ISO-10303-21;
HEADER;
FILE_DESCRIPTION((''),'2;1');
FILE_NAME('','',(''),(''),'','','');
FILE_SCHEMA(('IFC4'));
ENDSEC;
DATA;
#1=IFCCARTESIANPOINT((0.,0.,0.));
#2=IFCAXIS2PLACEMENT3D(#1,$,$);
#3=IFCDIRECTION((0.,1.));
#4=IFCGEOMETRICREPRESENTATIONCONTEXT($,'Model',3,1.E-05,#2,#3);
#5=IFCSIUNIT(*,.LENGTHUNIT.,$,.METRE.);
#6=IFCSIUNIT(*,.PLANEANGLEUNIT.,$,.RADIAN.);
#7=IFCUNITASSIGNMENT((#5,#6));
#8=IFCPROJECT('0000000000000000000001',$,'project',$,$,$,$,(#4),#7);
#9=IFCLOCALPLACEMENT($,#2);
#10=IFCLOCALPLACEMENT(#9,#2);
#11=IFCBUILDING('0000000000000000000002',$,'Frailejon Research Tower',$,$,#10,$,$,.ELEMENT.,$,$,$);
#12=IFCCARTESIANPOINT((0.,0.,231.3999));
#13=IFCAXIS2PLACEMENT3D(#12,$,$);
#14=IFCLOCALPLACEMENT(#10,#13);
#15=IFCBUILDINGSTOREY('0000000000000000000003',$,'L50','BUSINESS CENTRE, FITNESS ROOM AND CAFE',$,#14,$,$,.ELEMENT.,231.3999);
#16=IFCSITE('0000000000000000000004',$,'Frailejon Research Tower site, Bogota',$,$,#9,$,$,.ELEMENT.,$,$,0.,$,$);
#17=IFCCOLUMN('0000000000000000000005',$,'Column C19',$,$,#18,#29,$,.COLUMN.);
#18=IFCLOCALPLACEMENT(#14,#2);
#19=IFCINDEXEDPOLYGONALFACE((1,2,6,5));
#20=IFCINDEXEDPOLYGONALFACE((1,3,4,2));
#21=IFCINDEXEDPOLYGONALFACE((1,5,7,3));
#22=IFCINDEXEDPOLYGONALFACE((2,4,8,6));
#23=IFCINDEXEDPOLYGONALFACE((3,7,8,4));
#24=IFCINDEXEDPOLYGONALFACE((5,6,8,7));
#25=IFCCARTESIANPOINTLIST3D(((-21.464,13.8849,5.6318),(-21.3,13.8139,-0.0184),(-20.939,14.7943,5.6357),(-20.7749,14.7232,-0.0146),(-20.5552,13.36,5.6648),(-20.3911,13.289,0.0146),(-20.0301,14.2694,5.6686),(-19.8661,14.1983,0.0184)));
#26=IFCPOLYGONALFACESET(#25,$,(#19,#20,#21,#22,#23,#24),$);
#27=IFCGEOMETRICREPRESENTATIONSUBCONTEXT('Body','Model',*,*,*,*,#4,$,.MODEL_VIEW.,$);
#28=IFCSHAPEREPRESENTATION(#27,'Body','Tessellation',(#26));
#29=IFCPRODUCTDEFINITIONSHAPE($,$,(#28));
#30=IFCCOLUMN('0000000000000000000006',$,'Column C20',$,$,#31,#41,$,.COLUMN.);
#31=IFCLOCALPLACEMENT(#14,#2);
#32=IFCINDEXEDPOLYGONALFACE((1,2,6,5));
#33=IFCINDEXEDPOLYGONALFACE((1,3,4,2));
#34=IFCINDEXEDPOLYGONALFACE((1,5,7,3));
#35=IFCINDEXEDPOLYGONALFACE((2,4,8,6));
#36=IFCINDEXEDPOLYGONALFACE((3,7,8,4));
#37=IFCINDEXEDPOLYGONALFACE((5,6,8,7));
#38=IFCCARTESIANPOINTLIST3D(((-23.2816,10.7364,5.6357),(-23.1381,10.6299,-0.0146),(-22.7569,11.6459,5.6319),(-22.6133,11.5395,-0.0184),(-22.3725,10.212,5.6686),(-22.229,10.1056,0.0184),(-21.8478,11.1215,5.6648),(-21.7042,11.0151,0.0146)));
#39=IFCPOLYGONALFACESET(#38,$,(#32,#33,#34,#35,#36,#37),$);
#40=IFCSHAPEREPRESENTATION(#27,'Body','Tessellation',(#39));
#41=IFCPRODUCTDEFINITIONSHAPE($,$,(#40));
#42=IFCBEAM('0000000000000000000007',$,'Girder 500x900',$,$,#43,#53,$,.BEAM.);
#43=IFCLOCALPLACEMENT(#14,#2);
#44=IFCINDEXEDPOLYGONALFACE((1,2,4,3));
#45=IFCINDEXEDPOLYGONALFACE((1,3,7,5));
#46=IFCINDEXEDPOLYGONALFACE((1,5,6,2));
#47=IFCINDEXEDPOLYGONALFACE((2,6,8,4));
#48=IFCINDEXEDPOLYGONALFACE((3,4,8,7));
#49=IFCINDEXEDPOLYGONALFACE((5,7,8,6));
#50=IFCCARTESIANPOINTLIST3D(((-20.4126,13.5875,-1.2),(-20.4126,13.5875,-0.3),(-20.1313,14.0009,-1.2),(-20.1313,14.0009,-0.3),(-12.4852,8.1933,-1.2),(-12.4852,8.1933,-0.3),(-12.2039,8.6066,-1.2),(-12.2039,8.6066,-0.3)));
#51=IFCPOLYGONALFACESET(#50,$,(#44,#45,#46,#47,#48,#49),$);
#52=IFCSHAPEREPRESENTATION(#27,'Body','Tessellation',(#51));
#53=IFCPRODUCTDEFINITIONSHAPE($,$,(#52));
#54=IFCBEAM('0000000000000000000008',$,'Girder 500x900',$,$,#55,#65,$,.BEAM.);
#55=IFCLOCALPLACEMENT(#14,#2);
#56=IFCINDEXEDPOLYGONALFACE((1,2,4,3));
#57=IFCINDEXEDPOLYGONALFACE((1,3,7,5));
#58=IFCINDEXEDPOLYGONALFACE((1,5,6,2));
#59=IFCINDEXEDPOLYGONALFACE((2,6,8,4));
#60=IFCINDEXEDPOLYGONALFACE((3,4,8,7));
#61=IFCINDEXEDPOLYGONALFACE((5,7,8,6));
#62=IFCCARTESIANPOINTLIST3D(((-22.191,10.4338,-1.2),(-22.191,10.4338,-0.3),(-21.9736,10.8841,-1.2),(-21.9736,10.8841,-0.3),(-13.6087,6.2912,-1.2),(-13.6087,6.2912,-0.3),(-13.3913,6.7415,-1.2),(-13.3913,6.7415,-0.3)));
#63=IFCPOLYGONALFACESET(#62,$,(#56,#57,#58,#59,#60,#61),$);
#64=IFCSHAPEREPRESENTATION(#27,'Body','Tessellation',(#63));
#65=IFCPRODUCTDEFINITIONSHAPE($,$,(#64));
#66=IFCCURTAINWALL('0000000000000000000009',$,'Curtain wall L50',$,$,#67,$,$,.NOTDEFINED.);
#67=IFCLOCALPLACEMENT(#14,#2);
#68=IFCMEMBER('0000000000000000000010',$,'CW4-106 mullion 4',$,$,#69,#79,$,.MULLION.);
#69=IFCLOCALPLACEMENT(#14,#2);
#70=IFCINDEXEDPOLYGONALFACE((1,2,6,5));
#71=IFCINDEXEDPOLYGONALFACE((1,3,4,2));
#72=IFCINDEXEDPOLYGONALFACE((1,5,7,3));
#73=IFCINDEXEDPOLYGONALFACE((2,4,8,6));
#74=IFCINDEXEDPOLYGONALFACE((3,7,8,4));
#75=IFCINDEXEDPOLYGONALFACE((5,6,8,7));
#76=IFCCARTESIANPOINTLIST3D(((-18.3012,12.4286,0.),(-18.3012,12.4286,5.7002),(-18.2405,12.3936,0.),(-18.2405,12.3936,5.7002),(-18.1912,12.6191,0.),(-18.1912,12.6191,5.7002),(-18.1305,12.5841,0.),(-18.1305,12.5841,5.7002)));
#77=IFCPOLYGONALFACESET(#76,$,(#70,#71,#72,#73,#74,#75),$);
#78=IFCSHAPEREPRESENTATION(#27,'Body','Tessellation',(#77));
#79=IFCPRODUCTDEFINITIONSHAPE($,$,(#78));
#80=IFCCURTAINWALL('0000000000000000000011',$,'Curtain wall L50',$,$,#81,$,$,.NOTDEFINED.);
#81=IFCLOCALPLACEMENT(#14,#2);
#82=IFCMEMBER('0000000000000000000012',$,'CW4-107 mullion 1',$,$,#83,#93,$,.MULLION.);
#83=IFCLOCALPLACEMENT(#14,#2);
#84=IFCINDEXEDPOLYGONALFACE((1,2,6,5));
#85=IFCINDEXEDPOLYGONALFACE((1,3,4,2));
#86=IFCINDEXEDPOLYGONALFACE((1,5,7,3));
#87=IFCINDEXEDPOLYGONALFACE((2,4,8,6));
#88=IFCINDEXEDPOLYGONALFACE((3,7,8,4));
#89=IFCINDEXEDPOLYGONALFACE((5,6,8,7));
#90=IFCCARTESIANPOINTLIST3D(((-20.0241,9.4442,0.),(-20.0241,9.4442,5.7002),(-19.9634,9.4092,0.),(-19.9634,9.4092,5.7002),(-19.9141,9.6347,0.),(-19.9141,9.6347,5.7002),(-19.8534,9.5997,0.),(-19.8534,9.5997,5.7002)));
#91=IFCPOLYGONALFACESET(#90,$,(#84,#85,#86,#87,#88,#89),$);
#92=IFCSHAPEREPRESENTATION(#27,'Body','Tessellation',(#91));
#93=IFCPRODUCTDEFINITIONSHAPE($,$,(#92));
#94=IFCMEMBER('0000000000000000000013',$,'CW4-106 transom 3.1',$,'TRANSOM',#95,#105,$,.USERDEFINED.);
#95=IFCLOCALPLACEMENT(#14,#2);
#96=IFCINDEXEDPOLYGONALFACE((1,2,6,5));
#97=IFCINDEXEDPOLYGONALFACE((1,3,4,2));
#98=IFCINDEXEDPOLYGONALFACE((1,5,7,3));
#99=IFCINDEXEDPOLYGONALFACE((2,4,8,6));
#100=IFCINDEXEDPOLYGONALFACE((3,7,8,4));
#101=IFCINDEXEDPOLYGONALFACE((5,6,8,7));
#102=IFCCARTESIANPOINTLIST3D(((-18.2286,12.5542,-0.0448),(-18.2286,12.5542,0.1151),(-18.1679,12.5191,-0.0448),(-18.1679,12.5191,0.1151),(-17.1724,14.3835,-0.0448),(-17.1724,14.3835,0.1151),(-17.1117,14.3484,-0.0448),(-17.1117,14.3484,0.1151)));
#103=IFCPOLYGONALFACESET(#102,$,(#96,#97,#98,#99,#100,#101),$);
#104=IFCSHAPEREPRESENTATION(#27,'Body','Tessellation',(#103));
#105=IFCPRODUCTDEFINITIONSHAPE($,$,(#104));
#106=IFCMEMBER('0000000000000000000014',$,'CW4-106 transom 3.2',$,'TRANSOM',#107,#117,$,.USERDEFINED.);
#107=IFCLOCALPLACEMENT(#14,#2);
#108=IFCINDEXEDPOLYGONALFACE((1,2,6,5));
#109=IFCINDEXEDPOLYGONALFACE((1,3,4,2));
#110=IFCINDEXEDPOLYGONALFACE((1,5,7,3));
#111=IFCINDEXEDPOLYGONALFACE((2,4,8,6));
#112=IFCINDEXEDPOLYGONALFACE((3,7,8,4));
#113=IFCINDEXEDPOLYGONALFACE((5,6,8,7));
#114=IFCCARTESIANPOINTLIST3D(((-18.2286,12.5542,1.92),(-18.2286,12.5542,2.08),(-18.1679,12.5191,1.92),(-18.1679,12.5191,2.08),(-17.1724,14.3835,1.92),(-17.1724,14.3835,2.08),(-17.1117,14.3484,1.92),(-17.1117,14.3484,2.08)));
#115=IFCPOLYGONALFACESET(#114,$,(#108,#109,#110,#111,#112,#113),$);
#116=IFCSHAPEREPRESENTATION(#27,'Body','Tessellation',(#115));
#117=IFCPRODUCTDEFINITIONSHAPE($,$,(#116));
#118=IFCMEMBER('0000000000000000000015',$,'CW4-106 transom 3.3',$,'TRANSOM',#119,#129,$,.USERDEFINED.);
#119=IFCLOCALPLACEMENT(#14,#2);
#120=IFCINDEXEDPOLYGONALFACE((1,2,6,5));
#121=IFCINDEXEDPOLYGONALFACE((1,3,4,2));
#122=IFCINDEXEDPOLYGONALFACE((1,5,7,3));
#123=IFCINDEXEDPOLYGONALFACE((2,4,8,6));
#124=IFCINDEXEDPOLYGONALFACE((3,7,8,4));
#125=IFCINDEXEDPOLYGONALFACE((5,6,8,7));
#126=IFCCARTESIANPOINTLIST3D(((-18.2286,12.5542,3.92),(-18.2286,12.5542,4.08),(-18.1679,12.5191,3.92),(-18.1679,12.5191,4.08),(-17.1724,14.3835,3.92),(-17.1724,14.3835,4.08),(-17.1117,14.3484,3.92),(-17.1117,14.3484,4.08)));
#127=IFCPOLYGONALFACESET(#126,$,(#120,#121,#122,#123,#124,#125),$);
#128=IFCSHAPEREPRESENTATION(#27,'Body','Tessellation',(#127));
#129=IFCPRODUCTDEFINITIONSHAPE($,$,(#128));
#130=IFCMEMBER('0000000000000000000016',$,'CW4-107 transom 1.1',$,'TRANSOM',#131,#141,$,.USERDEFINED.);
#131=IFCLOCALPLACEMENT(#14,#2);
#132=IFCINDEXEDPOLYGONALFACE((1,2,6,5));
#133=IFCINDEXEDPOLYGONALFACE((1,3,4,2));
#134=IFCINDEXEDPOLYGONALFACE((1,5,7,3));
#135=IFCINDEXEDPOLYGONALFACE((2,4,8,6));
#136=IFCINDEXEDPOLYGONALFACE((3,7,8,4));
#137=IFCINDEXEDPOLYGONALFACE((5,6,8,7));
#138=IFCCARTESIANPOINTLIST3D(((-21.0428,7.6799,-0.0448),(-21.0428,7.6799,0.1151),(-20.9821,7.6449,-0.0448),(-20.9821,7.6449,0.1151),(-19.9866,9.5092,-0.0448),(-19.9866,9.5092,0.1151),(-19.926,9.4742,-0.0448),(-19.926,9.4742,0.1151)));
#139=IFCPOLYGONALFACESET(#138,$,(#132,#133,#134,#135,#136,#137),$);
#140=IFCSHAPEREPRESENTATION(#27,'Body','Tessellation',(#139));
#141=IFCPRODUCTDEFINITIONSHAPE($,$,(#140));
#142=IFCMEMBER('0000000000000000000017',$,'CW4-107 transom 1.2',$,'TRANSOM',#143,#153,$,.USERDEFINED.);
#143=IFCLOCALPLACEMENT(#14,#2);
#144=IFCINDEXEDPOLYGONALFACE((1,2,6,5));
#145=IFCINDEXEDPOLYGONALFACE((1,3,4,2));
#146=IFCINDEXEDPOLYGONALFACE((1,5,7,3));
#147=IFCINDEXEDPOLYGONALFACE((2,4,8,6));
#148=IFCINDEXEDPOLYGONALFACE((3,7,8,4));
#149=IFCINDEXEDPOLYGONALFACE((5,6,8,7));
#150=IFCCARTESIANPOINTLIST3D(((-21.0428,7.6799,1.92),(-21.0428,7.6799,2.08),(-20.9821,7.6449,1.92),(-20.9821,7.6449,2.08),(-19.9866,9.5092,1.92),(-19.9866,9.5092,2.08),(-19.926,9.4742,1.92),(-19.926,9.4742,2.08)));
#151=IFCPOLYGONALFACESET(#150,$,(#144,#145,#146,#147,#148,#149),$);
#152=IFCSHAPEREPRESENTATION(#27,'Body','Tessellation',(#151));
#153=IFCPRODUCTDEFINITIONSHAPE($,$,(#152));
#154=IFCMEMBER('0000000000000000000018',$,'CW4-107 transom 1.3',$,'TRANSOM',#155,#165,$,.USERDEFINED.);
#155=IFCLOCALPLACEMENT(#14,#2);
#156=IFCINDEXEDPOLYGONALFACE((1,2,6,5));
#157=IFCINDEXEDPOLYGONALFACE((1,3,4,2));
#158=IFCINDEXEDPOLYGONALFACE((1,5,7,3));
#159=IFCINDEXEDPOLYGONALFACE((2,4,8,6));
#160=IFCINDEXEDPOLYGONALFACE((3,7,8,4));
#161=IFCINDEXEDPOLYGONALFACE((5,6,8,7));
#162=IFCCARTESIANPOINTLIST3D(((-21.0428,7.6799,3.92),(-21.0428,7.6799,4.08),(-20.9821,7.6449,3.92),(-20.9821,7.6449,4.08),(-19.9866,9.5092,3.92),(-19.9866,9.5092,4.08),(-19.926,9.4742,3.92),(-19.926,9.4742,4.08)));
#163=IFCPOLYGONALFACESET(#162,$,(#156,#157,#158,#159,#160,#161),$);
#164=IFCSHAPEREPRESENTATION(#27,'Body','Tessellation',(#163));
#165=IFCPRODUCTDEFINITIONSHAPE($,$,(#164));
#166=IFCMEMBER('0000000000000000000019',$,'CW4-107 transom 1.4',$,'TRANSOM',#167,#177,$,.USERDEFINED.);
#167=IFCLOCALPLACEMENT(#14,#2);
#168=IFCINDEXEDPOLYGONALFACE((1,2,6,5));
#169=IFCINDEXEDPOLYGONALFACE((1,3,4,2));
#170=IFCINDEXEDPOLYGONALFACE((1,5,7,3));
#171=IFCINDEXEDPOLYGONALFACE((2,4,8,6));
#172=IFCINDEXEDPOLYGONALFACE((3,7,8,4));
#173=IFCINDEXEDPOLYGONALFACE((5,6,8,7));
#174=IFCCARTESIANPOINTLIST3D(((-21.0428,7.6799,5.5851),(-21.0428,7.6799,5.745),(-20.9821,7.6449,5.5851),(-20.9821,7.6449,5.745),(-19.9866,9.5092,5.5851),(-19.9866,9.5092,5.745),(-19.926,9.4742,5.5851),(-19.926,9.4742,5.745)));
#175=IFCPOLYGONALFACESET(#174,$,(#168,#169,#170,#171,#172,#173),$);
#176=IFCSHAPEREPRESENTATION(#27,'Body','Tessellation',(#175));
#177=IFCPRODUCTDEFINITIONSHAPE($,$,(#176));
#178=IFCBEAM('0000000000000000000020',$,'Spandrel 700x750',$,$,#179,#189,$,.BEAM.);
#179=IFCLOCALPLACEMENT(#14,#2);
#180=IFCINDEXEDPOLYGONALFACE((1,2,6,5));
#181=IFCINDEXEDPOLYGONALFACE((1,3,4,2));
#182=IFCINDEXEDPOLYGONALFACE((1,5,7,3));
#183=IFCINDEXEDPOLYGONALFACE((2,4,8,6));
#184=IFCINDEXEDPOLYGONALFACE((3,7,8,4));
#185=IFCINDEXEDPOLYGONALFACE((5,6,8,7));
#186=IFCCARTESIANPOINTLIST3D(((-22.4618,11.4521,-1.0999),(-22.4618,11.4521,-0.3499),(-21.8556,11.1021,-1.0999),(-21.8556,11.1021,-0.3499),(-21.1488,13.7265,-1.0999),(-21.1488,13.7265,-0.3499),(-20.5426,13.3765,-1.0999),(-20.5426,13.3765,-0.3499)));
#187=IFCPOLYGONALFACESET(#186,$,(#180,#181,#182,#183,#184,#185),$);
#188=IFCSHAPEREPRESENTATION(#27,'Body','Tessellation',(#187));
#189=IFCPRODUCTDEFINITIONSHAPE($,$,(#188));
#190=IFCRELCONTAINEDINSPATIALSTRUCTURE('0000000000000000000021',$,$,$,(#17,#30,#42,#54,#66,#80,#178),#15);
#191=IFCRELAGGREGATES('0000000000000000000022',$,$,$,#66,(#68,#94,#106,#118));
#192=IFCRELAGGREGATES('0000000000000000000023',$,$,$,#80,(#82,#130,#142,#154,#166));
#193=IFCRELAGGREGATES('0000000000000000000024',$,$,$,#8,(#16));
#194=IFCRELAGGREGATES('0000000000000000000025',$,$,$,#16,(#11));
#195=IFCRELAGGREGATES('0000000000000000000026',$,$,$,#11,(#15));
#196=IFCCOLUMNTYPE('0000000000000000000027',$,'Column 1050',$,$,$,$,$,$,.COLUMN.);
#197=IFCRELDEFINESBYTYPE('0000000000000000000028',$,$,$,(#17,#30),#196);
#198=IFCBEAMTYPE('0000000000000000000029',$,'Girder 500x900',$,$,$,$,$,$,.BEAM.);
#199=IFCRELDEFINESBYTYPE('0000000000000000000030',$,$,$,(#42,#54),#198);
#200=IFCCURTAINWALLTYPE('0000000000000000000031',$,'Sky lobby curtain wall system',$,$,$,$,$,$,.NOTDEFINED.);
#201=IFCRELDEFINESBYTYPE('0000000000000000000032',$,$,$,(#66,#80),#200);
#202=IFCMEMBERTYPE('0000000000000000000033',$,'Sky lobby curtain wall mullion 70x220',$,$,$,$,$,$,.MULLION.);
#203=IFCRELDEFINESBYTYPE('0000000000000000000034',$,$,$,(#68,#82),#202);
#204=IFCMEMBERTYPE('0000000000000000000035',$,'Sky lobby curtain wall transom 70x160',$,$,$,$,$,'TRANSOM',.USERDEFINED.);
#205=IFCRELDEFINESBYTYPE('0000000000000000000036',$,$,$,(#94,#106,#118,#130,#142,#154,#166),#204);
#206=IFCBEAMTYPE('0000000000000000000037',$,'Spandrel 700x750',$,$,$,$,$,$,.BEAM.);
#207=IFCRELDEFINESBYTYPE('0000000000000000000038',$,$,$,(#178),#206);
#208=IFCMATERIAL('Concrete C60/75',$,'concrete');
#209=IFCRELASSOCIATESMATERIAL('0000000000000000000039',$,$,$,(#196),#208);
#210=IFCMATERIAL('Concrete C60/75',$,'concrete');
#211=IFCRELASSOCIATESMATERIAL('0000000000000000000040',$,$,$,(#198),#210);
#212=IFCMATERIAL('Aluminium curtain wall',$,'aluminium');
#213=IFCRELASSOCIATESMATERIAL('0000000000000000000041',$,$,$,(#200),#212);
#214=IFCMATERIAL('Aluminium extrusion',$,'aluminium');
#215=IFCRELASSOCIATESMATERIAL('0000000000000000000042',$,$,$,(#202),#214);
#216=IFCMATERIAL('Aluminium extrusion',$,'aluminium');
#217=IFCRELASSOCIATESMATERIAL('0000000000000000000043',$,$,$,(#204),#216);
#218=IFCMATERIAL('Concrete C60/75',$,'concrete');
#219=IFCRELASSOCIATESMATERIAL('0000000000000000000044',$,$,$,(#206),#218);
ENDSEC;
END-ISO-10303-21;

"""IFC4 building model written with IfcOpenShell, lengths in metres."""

from ifc_helpers import new_model, si_unit, direction, frame, origin, origin_2d, place, context, subcontext, project, spatial, rectangle, extrude, material, material_profile, profile_set, type_object, element, aggregate, save


model = new_model("IFC4")

# Units and contexts
model_context = context("Model", 3, precision=1e-05, world=origin(), true_north=direction((0.0, 1.0)))
body_context = subcontext(model_context, "Body", "Model", "MODEL_VIEW")
ifc_project = project(units=[si_unit("LENGTHUNIT", "METRE"), si_unit("PLANEANGLEUNIT", "RADIAN")], contexts=[model_context])

# Site, building, storey
site_placement = place(None, origin())
site = spatial("IfcSite", under=ifc_project, at=site_placement, Name="Frailejon Research Tower site, Bogota", CompositionType="ELEMENT", RefElevation=0.0)
building_placement = place(site_placement, origin())
building = spatial("IfcBuilding", under=site, at=building_placement, Name="Frailejon Research Tower", CompositionType="ELEMENT")
storey_placement = place(building_placement, frame((0.0, 0.0, 231.3999)))
storey = spatial("IfcBuildingStorey", under=building, at=storey_placement, Name="L50", Description="BUSINESS CENTRE, FITNESS ROOM AND CAFE", CompositionType="ELEMENT", Elevation=231.3999)

# Columns
ifc_material_1 = material(Name="Concrete C60/75", Category="concrete")
ifc_material_profile_1 = material_profile(ifc_material_1, rectangle(XDim=1.05, YDim=1.05, at=origin_2d()), Name="Column 1050")
ifc_profile_set_1 = profile_set([ifc_material_profile_1], Name="Concrete C60/75")
column_type = type_object("IfcColumnType", Name="Column 1050", PredefinedType="COLUMN", material=ifc_profile_set_1)
for number, where, z_axis, x_axis, name in (
    (1, (-20.583, 14.0061, 0.0), (-0.029022, 0.012568, 0.9995), (-0.500043, -0.865993, -0.003631), "Column C19"),
    (2, (-22.4211, 10.8225, 0.0), (-0.025395, 0.01883, 0.9995), (-0.499744, -0.866166, 0.003621), "Column C20"),
):
    element("IfcColumn", number, at=place(storey_placement, frame(where, z_axis=z_axis, x_axis=x_axis)), inside=storey, type_object=column_type, Name=name, PredefinedType="COLUMN", context=body_context, shape_type="SweptSolid", body=[
        extrude(rectangle(XDim=1.05, YDim=1.05, at=origin_2d()), origin(), (0.0, 0.0, 1.0), 5.6531),
    ])

# Beams
ifc_material_2 = material(Name="Concrete C60/75", Category="concrete")
ifc_material_profile_2 = material_profile(ifc_material_2, rectangle(XDim=0.5, YDim=0.8999, at=origin_2d()), Name="Girder 500x900")
ifc_profile_set_2 = profile_set([ifc_material_profile_2], Name="Concrete C60/75")
beam_type_1 = type_object("IfcBeamType", Name="Girder 500x900", PredefinedType="BEAM", material=ifc_profile_set_2)
beam_1_placement = place(storey_placement, frame((-20.272, 13.7942, -0.75), z_axis=(0.826752, -0.562566, 0.0), x_axis=(0.562566, 0.826752, 0.0)))
element("IfcBeam", 3, at=beam_1_placement, inside=storey, type_object=beam_type_1, Name="Girder 500x900", PredefinedType="BEAM", context=body_context, shape_type="SweptSolid", body=[
    extrude(rectangle(XDim=0.5, YDim=0.8999, at=origin_2d()), origin(), (0.0, 0.0, 1.0), 9.5886),
])
beam_2_placement = place(storey_placement, frame((-22.0823, 10.6589, -0.75), z_axis=(0.900576, -0.434699, 0.0), x_axis=(0.434699, 0.900576, 0.0)))
element("IfcBeam", 4, at=beam_2_placement, inside=storey, type_object=beam_type_1, Name="Girder 500x900", PredefinedType="BEAM", context=body_context, shape_type="SweptSolid", body=[
    extrude(rectangle(XDim=0.5, YDim=0.8999, at=origin_2d()), origin(), (0.0, 0.0, 1.0), 9.5298),
])

# Curtain walls, members
ifc_material_3 = material(Name="Aluminium curtain wall", Category="aluminium")
curtain_wall_type = type_object("IfcCurtainWallType", Name="Sky lobby curtain wall system", PredefinedType="NOTDEFINED", material=ifc_material_3)
curtain_wall_1_placement = place(storey_placement, origin())
curtain_wall_1 = element("IfcCurtainWall", 5, at=curtain_wall_1_placement, inside=storey, type_object=curtain_wall_type, Name="Curtain wall L50", PredefinedType="NOTDEFINED")
ifc_material_4 = material(Name="Aluminium extrusion", Category="aluminium")
ifc_material_profile_3 = material_profile(ifc_material_4, rectangle(XDim=0.0701, YDim=0.22, at=origin_2d()), Name="Sky lobby curtain wall mullion 70x220")
ifc_profile_set_3 = profile_set([ifc_material_profile_3], Name="Aluminium extrusion")
member_type_1 = type_object("IfcMemberType", Name="Sky lobby curtain wall mullion 70x220", PredefinedType="MULLION", material=ifc_profile_set_3)
member_1_placement = place(storey_placement, frame((-18.2158, 12.5063, 0.0), z_axis=(0.0, 0.0, 1.0), x_axis=(0.866025, -0.5, 0.0)))
member_1 = element("IfcMember", 6, at=member_1_placement, type_object=member_type_1, Name="CW4-106 mullion 4", PredefinedType="MULLION", context=body_context, shape_type="SweptSolid", body=[
    extrude(rectangle(XDim=0.0701, YDim=0.22, at=origin_2d()), origin(), (0.0, 0.0, 1.0), 5.7002),
])
curtain_wall_2_placement = place(storey_placement, origin())
curtain_wall_2 = element("IfcCurtainWall", 7, at=curtain_wall_2_placement, inside=storey, type_object=curtain_wall_type, Name="Curtain wall L50", PredefinedType="NOTDEFINED")
member_2_placement = place(storey_placement, frame((-19.9387, 9.522, 0.0), z_axis=(0.0, 0.0, 1.0), x_axis=(0.866025, -0.5, 0.0)))
member_2 = element("IfcMember", 8, at=member_2_placement, type_object=member_type_1, Name="CW4-107 mullion 1", PredefinedType="MULLION", context=body_context, shape_type="SweptSolid", body=[
    extrude(rectangle(XDim=0.0701, YDim=0.22, at=origin_2d()), origin(), (0.0, 0.0, 1.0), 5.7002),
])

# Members
ifc_material_5 = material(Name="Aluminium extrusion", Category="aluminium")
ifc_material_profile_4 = material_profile(ifc_material_5, rectangle(XDim=0.0701, YDim=0.1599, at=origin_2d()), Name="Sky lobby curtain wall transom 70x160")
ifc_profile_set_4 = profile_set([ifc_material_profile_4], Name="Aluminium extrusion")
member_type_2 = type_object("IfcMemberType", Name="Sky lobby curtain wall transom 70x160", ElementType="TRANSOM", PredefinedType="USERDEFINED", material=ifc_profile_set_4)
member_3_placement = place(storey_placement, frame((-17.1421, 14.366, 0.0352), z_axis=(-0.499993, -0.86603, 0.0), x_axis=(0.86603, -0.499993, 0.0)))
member_3 = element("IfcMember", 9, at=member_3_placement, type_object=member_type_2, Name="CW4-106 transom 3.1", ObjectType="TRANSOM", PredefinedType="USERDEFINED", context=body_context, shape_type="SweptSolid", body=[
    extrude(rectangle(XDim=0.0701, YDim=0.1599, at=origin_2d()), origin(), (0.0, 0.0, 1.0), 2.1123),
])
member_4_placement = place(storey_placement, frame((-17.1421, 14.366, 2.0), z_axis=(-0.499993, -0.86603, 0.0), x_axis=(0.86603, -0.499993, 0.0)))
member_4 = element("IfcMember", 10, at=member_4_placement, type_object=member_type_2, Name="CW4-106 transom 3.2", ObjectType="TRANSOM", PredefinedType="USERDEFINED", context=body_context, shape_type="SweptSolid", body=[
    extrude(rectangle(XDim=0.0701, YDim=0.1599, at=origin_2d()), origin(), (0.0, 0.0, 1.0), 2.1123),
])
member_5_placement = place(storey_placement, frame((-17.1421, 14.366, 4.0), z_axis=(-0.499993, -0.86603, 0.0), x_axis=(0.86603, -0.499993, 0.0)))
member_5 = element("IfcMember", 11, at=member_5_placement, type_object=member_type_2, Name="CW4-106 transom 3.3", ObjectType="TRANSOM", PredefinedType="USERDEFINED", context=body_context, shape_type="SweptSolid", body=[
    extrude(rectangle(XDim=0.0701, YDim=0.1599, at=origin_2d()), origin(), (0.0, 0.0, 1.0), 2.1123),
])
member_6_placement = place(storey_placement, frame((-19.9563, 9.4917, 0.0352), z_axis=(-0.499993, -0.86603, 0.0), x_axis=(0.86603, -0.499993, 0.0)))
member_6 = element("IfcMember", 12, at=member_6_placement, type_object=member_type_2, Name="CW4-107 transom 1.1", ObjectType="TRANSOM", PredefinedType="USERDEFINED", context=body_context, shape_type="SweptSolid", body=[
    extrude(rectangle(XDim=0.0701, YDim=0.1599, at=origin_2d()), origin(), (0.0, 0.0, 1.0), 2.1123),
])
member_7_placement = place(storey_placement, frame((-19.9563, 9.4917, 2.0), z_axis=(-0.499993, -0.86603, 0.0), x_axis=(0.86603, -0.499993, 0.0)))
member_7 = element("IfcMember", 13, at=member_7_placement, type_object=member_type_2, Name="CW4-107 transom 1.2", ObjectType="TRANSOM", PredefinedType="USERDEFINED", context=body_context, shape_type="SweptSolid", body=[
    extrude(rectangle(XDim=0.0701, YDim=0.1599, at=origin_2d()), origin(), (0.0, 0.0, 1.0), 2.1123),
])
member_8_placement = place(storey_placement, frame((-19.9563, 9.4917, 4.0), z_axis=(-0.499993, -0.86603, 0.0), x_axis=(0.86603, -0.499993, 0.0)))
member_8 = element("IfcMember", 14, at=member_8_placement, type_object=member_type_2, Name="CW4-107 transom 1.3", ObjectType="TRANSOM", PredefinedType="USERDEFINED", context=body_context, shape_type="SweptSolid", body=[
    extrude(rectangle(XDim=0.0701, YDim=0.1599, at=origin_2d()), origin(), (0.0, 0.0, 1.0), 2.1123),
])
member_9_placement = place(storey_placement, frame((-19.9563, 9.4917, 5.665), z_axis=(-0.499993, -0.86603, 0.0), x_axis=(0.86603, -0.499993, 0.0)))
member_9 = element("IfcMember", 15, at=member_9_placement, type_object=member_type_2, Name="CW4-107 transom 1.4", ObjectType="TRANSOM", PredefinedType="USERDEFINED", context=body_context, shape_type="SweptSolid", body=[
    extrude(rectangle(XDim=0.0701, YDim=0.1599, at=origin_2d()), origin(), (0.0, 0.0, 1.0), 2.1123),
])

# Beam
ifc_material_6 = material(Name="Concrete C60/75", Category="concrete")
ifc_material_profile_5 = material_profile(ifc_material_6, rectangle(XDim=0.7, YDim=0.75, at=origin_2d()), Name="Spandrel 700x750")
ifc_profile_set_5 = profile_set([ifc_material_profile_5], Name="Concrete C60/75")
beam_type_2 = type_object("IfcBeamType", Name="Spandrel 700x750", PredefinedType="BEAM", material=ifc_profile_set_5)
for number, where, z_axis, x_axis, name in (
    (16, (-20.8457, 13.5515, -0.7249), (-0.499959, -0.866049, 0.0), (0.866049, -0.499959, 0.0), "Spandrel 700x750"),
):
    element("IfcBeam", number, at=place(storey_placement, frame(where, z_axis=z_axis, x_axis=x_axis)), inside=storey, type_object=beam_type_2, Name=name, PredefinedType="BEAM", context=body_context, shape_type="SweptSolid", body=[
        extrude(rectangle(XDim=0.7, YDim=0.75, at=origin_2d()), origin(), (0.0, 0.0, 1.0), 2.6262),
    ])

aggregate(curtain_wall_1, [member_1, member_3, member_4, member_5])
aggregate(curtain_wall_2, [member_2, member_6, member_7, member_8, member_9])

save(model, "model.ifc")
